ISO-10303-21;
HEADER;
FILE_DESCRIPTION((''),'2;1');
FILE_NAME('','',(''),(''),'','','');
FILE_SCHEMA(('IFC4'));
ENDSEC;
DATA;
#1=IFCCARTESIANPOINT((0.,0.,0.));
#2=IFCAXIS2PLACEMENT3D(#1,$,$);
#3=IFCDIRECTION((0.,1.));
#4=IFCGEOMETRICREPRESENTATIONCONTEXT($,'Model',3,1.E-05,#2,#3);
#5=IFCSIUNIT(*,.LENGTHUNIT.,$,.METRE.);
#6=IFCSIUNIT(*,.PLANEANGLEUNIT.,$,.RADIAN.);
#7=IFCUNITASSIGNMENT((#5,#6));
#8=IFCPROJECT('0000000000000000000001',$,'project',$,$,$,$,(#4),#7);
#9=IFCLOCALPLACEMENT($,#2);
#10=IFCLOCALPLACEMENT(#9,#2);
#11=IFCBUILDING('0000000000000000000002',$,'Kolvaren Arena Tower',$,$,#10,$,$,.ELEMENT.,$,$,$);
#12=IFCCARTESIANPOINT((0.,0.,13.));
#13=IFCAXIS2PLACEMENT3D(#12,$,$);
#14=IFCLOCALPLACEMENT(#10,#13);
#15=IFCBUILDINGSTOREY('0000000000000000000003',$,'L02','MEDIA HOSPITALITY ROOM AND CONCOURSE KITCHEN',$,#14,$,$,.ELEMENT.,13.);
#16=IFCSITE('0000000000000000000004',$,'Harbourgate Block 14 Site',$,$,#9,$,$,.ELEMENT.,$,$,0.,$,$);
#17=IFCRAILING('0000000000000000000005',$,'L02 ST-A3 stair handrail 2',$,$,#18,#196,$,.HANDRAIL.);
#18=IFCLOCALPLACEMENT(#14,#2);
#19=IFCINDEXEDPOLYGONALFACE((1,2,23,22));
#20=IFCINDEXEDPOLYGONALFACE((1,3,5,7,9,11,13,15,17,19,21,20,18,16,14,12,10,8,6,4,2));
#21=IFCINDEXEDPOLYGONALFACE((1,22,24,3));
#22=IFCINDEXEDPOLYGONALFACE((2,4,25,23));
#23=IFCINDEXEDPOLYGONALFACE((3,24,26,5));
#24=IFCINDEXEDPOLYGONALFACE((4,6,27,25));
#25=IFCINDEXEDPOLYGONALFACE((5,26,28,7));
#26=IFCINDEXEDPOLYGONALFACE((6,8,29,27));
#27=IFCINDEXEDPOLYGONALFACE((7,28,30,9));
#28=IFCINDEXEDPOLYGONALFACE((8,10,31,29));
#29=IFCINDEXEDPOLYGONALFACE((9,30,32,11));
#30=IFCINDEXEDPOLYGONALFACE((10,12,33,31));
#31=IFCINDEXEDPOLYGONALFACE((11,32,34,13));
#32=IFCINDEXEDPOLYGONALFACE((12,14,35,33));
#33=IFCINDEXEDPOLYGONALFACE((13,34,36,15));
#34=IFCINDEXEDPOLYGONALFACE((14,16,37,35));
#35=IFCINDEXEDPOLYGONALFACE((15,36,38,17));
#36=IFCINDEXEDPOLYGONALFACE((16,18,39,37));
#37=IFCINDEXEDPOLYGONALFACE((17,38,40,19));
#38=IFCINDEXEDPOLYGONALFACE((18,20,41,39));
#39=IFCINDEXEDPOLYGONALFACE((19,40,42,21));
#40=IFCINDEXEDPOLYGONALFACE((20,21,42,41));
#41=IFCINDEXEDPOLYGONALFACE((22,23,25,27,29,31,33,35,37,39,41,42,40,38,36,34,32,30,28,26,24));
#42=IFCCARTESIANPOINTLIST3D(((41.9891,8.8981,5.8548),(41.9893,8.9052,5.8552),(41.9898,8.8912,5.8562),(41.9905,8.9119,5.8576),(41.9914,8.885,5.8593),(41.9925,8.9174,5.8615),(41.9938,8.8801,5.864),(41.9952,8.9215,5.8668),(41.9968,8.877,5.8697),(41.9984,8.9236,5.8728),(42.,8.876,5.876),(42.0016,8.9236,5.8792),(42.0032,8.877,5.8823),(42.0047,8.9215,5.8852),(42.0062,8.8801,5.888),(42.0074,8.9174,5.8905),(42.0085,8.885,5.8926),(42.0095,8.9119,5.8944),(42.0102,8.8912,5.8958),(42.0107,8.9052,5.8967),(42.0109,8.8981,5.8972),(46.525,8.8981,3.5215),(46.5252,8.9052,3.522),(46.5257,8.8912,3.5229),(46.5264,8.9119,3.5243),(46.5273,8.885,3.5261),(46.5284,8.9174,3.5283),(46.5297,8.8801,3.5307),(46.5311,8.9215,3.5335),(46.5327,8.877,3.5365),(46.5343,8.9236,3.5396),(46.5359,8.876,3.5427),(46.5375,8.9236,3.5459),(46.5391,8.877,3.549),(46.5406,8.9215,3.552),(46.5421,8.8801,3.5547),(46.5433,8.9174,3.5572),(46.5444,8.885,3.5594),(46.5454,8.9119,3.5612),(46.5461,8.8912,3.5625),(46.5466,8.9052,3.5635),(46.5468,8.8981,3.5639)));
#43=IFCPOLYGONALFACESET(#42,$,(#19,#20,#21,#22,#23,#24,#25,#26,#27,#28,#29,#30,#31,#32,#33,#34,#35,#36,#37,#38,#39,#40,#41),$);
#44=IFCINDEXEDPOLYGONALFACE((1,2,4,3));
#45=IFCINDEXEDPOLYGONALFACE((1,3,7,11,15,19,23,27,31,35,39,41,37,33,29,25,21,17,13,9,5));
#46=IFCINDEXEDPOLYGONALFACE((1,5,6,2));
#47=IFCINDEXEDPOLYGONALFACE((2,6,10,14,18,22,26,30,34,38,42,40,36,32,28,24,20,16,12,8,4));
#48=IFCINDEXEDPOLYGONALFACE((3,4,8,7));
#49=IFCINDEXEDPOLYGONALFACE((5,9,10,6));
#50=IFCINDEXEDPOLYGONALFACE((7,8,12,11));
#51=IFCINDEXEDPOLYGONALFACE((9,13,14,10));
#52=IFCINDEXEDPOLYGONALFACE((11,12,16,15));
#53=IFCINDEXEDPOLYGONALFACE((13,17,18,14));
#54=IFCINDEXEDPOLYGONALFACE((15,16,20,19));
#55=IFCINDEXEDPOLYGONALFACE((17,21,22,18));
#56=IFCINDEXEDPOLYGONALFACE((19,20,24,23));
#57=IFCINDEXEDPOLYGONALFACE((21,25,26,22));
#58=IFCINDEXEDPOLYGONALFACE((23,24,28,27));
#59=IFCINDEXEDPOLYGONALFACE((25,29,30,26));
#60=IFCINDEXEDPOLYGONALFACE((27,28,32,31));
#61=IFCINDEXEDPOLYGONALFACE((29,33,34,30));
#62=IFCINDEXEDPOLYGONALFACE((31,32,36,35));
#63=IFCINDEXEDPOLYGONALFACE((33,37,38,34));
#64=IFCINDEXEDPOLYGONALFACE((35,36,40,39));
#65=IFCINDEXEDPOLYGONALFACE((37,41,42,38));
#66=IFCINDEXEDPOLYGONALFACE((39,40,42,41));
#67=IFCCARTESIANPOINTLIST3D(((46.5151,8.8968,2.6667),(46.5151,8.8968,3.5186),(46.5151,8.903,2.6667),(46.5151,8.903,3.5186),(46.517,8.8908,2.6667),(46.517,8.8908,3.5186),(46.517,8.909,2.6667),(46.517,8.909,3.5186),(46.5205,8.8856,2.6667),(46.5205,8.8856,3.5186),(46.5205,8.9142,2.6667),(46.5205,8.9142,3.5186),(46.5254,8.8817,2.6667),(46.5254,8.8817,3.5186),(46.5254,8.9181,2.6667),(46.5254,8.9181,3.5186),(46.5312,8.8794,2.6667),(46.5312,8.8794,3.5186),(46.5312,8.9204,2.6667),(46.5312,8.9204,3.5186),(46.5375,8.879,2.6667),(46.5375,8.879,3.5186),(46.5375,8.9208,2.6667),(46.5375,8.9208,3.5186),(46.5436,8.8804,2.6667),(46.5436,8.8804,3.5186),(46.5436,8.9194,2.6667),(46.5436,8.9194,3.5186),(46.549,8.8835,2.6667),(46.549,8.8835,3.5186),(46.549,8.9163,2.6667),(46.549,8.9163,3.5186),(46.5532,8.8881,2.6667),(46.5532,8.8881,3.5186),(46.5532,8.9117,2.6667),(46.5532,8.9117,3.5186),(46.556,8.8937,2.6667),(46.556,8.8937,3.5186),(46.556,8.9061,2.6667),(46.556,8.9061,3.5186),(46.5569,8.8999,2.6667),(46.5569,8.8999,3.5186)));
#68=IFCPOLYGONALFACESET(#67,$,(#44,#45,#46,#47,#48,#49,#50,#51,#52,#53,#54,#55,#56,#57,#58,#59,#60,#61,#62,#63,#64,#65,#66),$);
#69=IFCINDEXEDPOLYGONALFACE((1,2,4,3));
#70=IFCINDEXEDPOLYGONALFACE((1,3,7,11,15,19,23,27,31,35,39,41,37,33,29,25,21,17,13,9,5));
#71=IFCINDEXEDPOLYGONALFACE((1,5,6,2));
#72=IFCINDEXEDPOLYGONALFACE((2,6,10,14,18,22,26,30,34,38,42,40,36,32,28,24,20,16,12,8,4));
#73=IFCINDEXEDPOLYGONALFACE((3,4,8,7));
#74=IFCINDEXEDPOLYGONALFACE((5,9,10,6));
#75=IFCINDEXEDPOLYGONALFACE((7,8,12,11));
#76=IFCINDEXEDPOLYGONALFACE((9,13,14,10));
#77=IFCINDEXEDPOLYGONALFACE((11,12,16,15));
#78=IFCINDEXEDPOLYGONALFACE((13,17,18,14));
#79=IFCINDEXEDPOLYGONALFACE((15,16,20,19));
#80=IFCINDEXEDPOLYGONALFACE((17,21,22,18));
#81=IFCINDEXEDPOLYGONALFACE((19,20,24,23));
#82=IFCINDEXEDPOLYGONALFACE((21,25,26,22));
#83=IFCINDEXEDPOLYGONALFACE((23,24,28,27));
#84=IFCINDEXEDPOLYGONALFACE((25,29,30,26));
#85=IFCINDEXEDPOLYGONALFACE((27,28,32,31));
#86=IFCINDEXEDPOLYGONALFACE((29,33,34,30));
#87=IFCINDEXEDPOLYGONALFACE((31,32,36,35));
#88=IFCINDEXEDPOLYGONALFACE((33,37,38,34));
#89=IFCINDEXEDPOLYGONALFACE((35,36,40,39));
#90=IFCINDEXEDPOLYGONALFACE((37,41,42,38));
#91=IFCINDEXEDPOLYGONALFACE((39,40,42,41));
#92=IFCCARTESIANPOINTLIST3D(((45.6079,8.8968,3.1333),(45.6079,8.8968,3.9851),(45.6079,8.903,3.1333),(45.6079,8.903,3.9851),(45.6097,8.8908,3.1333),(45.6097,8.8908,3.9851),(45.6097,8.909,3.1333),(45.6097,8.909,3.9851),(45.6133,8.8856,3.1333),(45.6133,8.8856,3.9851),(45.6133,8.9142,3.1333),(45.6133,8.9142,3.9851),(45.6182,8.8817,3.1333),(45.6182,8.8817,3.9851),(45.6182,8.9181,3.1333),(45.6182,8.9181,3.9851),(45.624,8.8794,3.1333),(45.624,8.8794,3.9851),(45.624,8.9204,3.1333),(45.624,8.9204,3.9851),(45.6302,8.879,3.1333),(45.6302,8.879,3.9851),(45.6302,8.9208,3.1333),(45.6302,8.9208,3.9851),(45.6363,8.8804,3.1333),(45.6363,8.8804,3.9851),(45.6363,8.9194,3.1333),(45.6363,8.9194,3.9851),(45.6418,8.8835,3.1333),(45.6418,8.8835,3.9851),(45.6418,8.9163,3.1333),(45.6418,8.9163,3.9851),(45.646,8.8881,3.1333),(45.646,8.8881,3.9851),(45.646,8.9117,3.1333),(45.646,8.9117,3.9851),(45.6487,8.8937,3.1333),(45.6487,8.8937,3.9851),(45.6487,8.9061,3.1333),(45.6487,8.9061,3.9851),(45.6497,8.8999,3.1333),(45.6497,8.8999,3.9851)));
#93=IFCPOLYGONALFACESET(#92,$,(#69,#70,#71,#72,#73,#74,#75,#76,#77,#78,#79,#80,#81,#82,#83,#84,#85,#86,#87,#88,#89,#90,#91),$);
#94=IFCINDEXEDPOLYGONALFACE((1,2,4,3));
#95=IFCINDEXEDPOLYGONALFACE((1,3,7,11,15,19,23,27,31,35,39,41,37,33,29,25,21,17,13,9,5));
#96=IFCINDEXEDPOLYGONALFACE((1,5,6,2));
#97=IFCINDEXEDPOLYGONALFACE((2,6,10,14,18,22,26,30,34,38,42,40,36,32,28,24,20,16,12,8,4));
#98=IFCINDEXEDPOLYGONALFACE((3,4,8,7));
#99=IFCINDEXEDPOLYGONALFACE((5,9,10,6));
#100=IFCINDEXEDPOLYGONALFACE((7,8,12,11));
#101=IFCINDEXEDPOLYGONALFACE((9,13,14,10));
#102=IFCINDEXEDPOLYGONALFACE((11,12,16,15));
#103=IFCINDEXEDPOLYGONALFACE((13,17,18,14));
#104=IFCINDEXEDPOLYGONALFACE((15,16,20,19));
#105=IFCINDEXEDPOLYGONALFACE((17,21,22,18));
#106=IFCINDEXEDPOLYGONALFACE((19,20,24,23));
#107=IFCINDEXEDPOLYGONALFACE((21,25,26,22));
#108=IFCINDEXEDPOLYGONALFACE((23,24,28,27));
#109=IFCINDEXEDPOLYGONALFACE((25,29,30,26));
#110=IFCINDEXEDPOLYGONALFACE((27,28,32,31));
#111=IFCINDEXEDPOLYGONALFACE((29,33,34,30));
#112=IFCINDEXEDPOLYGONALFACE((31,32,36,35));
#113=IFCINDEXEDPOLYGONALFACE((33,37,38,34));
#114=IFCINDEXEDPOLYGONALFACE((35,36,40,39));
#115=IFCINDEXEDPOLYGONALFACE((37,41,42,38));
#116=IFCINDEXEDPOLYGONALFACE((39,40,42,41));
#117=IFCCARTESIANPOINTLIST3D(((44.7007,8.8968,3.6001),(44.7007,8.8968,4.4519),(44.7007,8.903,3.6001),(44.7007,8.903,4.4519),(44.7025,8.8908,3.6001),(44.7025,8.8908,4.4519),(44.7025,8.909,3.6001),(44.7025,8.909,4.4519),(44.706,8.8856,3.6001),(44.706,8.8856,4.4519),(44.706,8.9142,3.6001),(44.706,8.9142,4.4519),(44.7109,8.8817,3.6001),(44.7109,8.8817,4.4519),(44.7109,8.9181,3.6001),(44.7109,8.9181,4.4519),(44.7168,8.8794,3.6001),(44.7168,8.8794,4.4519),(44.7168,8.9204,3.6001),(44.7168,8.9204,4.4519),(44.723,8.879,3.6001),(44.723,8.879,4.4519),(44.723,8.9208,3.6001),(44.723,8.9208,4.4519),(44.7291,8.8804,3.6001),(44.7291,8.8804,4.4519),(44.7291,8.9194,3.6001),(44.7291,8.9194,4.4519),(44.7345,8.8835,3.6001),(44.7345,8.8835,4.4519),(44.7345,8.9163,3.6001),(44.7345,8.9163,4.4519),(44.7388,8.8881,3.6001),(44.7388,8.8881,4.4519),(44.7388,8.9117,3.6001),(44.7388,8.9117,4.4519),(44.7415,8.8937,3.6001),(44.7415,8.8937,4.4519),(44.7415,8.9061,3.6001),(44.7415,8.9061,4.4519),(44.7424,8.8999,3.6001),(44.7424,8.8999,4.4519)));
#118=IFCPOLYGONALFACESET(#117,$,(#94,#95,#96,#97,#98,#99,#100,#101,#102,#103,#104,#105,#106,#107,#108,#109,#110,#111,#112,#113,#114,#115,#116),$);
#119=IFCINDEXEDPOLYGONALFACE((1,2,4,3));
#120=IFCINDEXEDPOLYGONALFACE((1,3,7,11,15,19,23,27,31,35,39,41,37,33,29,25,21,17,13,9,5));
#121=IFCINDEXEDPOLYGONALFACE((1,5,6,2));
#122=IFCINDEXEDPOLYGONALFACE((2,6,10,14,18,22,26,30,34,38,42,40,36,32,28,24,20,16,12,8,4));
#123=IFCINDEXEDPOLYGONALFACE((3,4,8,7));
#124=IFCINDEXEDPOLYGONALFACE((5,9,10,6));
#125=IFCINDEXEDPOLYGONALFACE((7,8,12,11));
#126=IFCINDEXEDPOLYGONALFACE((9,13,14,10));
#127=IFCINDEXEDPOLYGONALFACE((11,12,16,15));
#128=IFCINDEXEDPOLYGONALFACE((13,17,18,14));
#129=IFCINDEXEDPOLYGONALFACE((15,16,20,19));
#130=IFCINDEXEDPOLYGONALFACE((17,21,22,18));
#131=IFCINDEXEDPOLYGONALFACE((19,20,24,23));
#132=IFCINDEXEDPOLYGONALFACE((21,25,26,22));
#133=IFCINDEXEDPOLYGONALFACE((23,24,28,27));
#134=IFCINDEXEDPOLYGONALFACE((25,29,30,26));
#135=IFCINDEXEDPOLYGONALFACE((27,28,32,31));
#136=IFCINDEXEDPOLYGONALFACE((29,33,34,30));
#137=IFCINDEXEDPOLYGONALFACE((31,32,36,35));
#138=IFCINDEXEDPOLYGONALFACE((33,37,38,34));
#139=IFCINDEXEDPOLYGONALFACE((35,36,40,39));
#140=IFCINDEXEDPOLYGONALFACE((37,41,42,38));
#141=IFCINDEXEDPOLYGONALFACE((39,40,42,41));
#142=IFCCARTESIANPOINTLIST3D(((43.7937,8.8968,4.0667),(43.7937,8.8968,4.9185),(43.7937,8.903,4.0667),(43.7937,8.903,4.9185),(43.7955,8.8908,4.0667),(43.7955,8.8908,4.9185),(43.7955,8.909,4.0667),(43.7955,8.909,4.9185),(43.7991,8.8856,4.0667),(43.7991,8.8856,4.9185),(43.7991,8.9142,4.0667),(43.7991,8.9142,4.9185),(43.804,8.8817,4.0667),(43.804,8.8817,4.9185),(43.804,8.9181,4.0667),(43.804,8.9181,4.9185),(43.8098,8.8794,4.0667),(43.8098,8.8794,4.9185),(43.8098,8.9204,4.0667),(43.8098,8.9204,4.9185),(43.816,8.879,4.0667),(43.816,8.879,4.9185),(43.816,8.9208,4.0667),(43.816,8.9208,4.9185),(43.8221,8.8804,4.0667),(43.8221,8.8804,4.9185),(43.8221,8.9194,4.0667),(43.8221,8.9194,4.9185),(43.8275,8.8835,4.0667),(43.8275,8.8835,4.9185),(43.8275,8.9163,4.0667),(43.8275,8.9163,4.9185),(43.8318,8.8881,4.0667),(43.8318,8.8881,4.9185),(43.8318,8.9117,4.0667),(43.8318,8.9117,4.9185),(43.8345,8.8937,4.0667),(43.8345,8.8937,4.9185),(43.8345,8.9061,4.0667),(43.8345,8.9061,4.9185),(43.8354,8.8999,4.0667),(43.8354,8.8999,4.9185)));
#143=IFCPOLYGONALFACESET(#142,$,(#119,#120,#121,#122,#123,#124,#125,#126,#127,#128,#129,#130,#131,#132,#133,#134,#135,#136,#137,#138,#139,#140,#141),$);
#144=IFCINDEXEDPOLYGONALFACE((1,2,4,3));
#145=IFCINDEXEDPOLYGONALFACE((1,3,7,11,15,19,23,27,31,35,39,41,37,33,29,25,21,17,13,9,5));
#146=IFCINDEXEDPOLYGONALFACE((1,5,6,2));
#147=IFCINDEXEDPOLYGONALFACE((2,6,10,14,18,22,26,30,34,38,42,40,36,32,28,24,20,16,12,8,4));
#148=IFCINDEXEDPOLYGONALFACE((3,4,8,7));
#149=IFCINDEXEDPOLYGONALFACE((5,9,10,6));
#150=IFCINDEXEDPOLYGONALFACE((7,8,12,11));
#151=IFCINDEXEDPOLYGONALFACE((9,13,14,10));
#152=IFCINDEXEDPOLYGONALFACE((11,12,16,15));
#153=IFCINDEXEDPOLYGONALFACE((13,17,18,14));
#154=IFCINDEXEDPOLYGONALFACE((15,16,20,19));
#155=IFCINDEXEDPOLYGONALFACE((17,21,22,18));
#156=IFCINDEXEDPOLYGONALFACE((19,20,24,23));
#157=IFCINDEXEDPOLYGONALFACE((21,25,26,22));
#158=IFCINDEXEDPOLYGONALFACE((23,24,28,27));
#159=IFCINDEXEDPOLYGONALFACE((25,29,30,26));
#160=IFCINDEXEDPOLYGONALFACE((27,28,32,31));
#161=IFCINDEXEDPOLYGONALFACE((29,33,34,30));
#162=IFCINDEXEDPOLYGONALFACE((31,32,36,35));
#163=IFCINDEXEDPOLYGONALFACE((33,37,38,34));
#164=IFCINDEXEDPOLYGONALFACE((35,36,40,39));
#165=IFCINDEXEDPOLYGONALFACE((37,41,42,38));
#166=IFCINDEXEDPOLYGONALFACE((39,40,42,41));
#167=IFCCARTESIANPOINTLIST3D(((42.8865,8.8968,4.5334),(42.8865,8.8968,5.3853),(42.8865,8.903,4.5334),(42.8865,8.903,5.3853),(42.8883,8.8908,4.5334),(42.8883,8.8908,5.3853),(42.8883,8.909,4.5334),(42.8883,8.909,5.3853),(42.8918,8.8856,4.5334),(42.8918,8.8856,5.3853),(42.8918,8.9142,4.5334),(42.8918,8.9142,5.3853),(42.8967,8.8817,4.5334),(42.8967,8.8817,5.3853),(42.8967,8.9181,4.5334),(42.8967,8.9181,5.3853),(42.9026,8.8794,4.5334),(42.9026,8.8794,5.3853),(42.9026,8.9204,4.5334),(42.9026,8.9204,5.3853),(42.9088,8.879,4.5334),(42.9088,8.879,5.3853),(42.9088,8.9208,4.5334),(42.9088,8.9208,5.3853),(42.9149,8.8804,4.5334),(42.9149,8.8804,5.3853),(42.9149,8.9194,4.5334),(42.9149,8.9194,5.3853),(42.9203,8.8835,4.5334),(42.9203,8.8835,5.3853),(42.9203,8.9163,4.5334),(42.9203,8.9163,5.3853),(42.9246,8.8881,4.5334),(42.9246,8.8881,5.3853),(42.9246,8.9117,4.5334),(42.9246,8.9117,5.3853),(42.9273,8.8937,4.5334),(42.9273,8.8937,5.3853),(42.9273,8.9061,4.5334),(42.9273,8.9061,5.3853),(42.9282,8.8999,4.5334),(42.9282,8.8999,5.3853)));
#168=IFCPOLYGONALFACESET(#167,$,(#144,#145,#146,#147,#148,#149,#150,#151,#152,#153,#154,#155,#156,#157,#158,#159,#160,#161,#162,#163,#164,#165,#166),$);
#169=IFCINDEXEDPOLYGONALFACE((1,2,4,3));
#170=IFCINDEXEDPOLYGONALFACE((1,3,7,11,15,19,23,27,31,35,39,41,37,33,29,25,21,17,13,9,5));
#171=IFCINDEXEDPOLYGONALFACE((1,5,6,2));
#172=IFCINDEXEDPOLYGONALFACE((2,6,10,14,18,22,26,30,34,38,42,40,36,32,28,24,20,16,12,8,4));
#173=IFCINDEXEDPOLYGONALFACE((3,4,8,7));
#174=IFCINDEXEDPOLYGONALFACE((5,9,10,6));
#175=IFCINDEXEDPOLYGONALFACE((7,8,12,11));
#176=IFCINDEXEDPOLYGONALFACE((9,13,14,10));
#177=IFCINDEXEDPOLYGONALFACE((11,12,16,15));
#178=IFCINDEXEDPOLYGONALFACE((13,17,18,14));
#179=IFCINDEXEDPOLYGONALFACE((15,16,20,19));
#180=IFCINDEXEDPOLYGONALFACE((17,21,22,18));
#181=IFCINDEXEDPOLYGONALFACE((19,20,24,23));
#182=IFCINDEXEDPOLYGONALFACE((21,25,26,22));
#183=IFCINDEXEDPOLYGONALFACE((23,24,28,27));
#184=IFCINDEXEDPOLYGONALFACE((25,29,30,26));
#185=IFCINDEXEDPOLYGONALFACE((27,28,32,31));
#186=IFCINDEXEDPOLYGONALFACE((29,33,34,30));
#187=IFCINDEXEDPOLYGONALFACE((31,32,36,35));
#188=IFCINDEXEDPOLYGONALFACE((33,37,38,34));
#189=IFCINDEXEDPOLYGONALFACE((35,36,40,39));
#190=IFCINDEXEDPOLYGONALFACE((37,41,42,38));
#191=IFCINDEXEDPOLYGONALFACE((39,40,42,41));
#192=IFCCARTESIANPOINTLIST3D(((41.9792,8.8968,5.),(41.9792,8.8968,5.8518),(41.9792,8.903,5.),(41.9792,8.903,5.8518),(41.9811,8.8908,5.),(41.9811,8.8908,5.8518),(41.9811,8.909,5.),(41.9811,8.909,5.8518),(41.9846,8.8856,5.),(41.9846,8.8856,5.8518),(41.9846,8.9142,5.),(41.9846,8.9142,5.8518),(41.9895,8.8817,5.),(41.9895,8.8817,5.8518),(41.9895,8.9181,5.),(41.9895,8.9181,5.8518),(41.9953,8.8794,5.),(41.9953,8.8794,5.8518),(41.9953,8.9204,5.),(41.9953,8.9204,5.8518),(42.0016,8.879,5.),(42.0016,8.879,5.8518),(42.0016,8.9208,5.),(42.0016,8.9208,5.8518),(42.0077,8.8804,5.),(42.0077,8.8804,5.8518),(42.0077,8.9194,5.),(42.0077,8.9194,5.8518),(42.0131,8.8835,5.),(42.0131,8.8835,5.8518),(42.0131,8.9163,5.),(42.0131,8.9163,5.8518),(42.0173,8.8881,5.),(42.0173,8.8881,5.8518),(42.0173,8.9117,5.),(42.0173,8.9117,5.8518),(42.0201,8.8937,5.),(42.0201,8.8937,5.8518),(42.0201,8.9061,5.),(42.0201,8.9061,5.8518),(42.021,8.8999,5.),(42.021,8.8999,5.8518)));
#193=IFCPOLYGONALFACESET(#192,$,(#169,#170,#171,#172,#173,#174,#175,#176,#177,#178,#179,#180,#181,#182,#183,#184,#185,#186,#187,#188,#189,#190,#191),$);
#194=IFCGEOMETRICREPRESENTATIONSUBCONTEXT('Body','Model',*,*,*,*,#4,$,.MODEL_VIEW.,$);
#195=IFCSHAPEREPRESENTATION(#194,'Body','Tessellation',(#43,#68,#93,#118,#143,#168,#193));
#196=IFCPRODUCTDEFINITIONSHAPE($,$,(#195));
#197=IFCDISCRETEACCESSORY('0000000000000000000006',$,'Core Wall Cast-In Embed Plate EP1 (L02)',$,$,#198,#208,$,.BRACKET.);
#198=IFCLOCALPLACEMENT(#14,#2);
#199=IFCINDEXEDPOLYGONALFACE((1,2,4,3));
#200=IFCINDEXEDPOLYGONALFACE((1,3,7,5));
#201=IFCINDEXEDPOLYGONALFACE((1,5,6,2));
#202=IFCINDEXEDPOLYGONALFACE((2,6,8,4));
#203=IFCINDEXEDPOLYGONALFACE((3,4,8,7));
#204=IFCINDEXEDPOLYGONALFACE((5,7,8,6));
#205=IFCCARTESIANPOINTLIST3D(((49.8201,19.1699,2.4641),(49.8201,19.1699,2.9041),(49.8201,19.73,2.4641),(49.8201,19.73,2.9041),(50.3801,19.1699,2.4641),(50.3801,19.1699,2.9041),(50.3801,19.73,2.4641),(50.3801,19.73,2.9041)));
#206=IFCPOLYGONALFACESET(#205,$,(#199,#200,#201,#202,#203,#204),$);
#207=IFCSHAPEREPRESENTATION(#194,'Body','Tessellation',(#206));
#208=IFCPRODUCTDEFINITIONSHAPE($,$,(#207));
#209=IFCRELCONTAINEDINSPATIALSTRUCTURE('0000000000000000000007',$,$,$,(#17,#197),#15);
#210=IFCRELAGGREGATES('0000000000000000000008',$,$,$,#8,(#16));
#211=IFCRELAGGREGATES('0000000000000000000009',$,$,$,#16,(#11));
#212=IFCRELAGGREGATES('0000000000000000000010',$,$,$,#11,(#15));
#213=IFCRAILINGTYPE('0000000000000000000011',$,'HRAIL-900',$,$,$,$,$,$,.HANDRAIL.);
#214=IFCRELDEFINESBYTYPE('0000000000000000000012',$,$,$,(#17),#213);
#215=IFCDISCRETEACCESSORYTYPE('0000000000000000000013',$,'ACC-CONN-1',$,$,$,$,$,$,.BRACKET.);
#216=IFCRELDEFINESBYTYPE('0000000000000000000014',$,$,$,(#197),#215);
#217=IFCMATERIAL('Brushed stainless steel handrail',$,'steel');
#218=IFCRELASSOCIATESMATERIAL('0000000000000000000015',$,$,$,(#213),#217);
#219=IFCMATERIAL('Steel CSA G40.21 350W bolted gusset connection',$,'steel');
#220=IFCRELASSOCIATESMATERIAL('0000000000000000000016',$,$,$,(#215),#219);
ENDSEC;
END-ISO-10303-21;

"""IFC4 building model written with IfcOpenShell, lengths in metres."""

from ifc_helpers import new_model, si_unit, direction, frame, origin, origin_2d, place, context, subcontext, project, spatial, rectangle, circle, extrude, material, type_object, element, save


model = new_model("IFC4")

# Units and contexts
model_context = context("Model", 3, precision=1e-05, world=origin(), true_north=direction((0.0, 1.0)))
body_context = subcontext(model_context, "Body", "Model", "MODEL_VIEW")
ifc_project = project(units=[si_unit("LENGTHUNIT", "METRE"), si_unit("PLANEANGLEUNIT", "RADIAN")], contexts=[model_context])

# Site, building, storey
site_placement = place(None, origin())
site = spatial("IfcSite", under=ifc_project, at=site_placement, Name="Harbourgate Block 14 Site", CompositionType="ELEMENT", RefElevation=0.0)
building_placement = place(site_placement, origin())
building = spatial("IfcBuilding", under=site, at=building_placement, Name="Kolvaren Arena Tower", CompositionType="ELEMENT")
storey_placement = place(building_placement, frame((0.0, 0.0, 13.0)))
storey = spatial("IfcBuildingStorey", under=building, at=storey_placement, Name="L02", Description="MEDIA HOSPITALITY ROOM AND CONCOURSE KITCHEN", CompositionType="ELEMENT", Elevation=13.0)

# Railing
ifc_material_1 = material(Name="Brushed stainless steel handrail", Category="steel")
railing_type_1 = type_object("IfcRailingType", Name="HRAIL-900", PredefinedType="HANDRAIL", material=ifc_material_1)
railing_1_placement = place(storey_placement, frame((46.5359, 8.8999, 2.6667)))
element("IfcRailing", 1, at=railing_1_placement, inside=storey, type_object=railing_type_1, Name="L02 ST-A3 stair handrail 2", PredefinedType="HANDRAIL", context=body_context, shape_type="SweptSolid", body=[
    extrude(circle(Radius=0.0239, at=origin_2d()), frame((0.0, 0.0, 0.876), z_axis=(-0.889247, 0.0, 0.457427), x_axis=(0.0, -1.0, 0.0)), (0.0, 0.0, 1.0), 5.1008),
    extrude(circle(Radius=0.021, at=origin_2d()), origin(), (0.0, 0.0, 1.0), 0.8518),
    extrude(circle(Radius=0.021, at=origin_2d()), frame((-0.9072, 0.0, 0.4666)), (0.0, 0.0, 1.0), 0.8518),
    extrude(circle(Radius=0.021, at=origin_2d()), frame((-1.8145, 0.0, 0.9333)), (0.0, 0.0, 1.0), 0.8518),
    extrude(circle(Radius=0.021, at=origin_2d()), frame((-2.7214, 0.0, 1.3999)), (0.0, 0.0, 1.0), 0.8518),
    extrude(circle(Radius=0.021, at=origin_2d()), frame((-3.6287, 0.0, 1.8667)), (0.0, 0.0, 1.0), 0.8518),
    extrude(circle(Radius=0.021, at=origin_2d()), frame((-4.5359, 0.0, 2.3333)), (0.0, 0.0, 1.0), 0.8518),
])

# Discrete accessory
ifc_material_2 = material(Name="Steel CSA G40.21 350W bolted gusset connection", Category="steel")
discrete_accessory_type = type_object("IfcDiscreteAccessoryType", Name="ACC-CONN-1", PredefinedType="BRACKET", material=ifc_material_2)
discrete_accessory_placement = place(storey_placement, frame((50.1001, 19.45, 2.4641), z_axis=(0.0, 0.0, 1.0), x_axis=(1.0, 0.0, 0.0)))
element("IfcDiscreteAccessory", 2, at=discrete_accessory_placement, inside=storey, type_object=discrete_accessory_type, Name="Core Wall Cast-In Embed Plate EP1 (L02)", PredefinedType="BRACKET", context=body_context, shape_type="SweptSolid", body=[
    extrude(rectangle(XDim=0.5601, YDim=0.5601, at=origin_2d()), origin(), (0.0, 0.0, 1.0), 0.4399),
])

save(model, "model.ifc")
